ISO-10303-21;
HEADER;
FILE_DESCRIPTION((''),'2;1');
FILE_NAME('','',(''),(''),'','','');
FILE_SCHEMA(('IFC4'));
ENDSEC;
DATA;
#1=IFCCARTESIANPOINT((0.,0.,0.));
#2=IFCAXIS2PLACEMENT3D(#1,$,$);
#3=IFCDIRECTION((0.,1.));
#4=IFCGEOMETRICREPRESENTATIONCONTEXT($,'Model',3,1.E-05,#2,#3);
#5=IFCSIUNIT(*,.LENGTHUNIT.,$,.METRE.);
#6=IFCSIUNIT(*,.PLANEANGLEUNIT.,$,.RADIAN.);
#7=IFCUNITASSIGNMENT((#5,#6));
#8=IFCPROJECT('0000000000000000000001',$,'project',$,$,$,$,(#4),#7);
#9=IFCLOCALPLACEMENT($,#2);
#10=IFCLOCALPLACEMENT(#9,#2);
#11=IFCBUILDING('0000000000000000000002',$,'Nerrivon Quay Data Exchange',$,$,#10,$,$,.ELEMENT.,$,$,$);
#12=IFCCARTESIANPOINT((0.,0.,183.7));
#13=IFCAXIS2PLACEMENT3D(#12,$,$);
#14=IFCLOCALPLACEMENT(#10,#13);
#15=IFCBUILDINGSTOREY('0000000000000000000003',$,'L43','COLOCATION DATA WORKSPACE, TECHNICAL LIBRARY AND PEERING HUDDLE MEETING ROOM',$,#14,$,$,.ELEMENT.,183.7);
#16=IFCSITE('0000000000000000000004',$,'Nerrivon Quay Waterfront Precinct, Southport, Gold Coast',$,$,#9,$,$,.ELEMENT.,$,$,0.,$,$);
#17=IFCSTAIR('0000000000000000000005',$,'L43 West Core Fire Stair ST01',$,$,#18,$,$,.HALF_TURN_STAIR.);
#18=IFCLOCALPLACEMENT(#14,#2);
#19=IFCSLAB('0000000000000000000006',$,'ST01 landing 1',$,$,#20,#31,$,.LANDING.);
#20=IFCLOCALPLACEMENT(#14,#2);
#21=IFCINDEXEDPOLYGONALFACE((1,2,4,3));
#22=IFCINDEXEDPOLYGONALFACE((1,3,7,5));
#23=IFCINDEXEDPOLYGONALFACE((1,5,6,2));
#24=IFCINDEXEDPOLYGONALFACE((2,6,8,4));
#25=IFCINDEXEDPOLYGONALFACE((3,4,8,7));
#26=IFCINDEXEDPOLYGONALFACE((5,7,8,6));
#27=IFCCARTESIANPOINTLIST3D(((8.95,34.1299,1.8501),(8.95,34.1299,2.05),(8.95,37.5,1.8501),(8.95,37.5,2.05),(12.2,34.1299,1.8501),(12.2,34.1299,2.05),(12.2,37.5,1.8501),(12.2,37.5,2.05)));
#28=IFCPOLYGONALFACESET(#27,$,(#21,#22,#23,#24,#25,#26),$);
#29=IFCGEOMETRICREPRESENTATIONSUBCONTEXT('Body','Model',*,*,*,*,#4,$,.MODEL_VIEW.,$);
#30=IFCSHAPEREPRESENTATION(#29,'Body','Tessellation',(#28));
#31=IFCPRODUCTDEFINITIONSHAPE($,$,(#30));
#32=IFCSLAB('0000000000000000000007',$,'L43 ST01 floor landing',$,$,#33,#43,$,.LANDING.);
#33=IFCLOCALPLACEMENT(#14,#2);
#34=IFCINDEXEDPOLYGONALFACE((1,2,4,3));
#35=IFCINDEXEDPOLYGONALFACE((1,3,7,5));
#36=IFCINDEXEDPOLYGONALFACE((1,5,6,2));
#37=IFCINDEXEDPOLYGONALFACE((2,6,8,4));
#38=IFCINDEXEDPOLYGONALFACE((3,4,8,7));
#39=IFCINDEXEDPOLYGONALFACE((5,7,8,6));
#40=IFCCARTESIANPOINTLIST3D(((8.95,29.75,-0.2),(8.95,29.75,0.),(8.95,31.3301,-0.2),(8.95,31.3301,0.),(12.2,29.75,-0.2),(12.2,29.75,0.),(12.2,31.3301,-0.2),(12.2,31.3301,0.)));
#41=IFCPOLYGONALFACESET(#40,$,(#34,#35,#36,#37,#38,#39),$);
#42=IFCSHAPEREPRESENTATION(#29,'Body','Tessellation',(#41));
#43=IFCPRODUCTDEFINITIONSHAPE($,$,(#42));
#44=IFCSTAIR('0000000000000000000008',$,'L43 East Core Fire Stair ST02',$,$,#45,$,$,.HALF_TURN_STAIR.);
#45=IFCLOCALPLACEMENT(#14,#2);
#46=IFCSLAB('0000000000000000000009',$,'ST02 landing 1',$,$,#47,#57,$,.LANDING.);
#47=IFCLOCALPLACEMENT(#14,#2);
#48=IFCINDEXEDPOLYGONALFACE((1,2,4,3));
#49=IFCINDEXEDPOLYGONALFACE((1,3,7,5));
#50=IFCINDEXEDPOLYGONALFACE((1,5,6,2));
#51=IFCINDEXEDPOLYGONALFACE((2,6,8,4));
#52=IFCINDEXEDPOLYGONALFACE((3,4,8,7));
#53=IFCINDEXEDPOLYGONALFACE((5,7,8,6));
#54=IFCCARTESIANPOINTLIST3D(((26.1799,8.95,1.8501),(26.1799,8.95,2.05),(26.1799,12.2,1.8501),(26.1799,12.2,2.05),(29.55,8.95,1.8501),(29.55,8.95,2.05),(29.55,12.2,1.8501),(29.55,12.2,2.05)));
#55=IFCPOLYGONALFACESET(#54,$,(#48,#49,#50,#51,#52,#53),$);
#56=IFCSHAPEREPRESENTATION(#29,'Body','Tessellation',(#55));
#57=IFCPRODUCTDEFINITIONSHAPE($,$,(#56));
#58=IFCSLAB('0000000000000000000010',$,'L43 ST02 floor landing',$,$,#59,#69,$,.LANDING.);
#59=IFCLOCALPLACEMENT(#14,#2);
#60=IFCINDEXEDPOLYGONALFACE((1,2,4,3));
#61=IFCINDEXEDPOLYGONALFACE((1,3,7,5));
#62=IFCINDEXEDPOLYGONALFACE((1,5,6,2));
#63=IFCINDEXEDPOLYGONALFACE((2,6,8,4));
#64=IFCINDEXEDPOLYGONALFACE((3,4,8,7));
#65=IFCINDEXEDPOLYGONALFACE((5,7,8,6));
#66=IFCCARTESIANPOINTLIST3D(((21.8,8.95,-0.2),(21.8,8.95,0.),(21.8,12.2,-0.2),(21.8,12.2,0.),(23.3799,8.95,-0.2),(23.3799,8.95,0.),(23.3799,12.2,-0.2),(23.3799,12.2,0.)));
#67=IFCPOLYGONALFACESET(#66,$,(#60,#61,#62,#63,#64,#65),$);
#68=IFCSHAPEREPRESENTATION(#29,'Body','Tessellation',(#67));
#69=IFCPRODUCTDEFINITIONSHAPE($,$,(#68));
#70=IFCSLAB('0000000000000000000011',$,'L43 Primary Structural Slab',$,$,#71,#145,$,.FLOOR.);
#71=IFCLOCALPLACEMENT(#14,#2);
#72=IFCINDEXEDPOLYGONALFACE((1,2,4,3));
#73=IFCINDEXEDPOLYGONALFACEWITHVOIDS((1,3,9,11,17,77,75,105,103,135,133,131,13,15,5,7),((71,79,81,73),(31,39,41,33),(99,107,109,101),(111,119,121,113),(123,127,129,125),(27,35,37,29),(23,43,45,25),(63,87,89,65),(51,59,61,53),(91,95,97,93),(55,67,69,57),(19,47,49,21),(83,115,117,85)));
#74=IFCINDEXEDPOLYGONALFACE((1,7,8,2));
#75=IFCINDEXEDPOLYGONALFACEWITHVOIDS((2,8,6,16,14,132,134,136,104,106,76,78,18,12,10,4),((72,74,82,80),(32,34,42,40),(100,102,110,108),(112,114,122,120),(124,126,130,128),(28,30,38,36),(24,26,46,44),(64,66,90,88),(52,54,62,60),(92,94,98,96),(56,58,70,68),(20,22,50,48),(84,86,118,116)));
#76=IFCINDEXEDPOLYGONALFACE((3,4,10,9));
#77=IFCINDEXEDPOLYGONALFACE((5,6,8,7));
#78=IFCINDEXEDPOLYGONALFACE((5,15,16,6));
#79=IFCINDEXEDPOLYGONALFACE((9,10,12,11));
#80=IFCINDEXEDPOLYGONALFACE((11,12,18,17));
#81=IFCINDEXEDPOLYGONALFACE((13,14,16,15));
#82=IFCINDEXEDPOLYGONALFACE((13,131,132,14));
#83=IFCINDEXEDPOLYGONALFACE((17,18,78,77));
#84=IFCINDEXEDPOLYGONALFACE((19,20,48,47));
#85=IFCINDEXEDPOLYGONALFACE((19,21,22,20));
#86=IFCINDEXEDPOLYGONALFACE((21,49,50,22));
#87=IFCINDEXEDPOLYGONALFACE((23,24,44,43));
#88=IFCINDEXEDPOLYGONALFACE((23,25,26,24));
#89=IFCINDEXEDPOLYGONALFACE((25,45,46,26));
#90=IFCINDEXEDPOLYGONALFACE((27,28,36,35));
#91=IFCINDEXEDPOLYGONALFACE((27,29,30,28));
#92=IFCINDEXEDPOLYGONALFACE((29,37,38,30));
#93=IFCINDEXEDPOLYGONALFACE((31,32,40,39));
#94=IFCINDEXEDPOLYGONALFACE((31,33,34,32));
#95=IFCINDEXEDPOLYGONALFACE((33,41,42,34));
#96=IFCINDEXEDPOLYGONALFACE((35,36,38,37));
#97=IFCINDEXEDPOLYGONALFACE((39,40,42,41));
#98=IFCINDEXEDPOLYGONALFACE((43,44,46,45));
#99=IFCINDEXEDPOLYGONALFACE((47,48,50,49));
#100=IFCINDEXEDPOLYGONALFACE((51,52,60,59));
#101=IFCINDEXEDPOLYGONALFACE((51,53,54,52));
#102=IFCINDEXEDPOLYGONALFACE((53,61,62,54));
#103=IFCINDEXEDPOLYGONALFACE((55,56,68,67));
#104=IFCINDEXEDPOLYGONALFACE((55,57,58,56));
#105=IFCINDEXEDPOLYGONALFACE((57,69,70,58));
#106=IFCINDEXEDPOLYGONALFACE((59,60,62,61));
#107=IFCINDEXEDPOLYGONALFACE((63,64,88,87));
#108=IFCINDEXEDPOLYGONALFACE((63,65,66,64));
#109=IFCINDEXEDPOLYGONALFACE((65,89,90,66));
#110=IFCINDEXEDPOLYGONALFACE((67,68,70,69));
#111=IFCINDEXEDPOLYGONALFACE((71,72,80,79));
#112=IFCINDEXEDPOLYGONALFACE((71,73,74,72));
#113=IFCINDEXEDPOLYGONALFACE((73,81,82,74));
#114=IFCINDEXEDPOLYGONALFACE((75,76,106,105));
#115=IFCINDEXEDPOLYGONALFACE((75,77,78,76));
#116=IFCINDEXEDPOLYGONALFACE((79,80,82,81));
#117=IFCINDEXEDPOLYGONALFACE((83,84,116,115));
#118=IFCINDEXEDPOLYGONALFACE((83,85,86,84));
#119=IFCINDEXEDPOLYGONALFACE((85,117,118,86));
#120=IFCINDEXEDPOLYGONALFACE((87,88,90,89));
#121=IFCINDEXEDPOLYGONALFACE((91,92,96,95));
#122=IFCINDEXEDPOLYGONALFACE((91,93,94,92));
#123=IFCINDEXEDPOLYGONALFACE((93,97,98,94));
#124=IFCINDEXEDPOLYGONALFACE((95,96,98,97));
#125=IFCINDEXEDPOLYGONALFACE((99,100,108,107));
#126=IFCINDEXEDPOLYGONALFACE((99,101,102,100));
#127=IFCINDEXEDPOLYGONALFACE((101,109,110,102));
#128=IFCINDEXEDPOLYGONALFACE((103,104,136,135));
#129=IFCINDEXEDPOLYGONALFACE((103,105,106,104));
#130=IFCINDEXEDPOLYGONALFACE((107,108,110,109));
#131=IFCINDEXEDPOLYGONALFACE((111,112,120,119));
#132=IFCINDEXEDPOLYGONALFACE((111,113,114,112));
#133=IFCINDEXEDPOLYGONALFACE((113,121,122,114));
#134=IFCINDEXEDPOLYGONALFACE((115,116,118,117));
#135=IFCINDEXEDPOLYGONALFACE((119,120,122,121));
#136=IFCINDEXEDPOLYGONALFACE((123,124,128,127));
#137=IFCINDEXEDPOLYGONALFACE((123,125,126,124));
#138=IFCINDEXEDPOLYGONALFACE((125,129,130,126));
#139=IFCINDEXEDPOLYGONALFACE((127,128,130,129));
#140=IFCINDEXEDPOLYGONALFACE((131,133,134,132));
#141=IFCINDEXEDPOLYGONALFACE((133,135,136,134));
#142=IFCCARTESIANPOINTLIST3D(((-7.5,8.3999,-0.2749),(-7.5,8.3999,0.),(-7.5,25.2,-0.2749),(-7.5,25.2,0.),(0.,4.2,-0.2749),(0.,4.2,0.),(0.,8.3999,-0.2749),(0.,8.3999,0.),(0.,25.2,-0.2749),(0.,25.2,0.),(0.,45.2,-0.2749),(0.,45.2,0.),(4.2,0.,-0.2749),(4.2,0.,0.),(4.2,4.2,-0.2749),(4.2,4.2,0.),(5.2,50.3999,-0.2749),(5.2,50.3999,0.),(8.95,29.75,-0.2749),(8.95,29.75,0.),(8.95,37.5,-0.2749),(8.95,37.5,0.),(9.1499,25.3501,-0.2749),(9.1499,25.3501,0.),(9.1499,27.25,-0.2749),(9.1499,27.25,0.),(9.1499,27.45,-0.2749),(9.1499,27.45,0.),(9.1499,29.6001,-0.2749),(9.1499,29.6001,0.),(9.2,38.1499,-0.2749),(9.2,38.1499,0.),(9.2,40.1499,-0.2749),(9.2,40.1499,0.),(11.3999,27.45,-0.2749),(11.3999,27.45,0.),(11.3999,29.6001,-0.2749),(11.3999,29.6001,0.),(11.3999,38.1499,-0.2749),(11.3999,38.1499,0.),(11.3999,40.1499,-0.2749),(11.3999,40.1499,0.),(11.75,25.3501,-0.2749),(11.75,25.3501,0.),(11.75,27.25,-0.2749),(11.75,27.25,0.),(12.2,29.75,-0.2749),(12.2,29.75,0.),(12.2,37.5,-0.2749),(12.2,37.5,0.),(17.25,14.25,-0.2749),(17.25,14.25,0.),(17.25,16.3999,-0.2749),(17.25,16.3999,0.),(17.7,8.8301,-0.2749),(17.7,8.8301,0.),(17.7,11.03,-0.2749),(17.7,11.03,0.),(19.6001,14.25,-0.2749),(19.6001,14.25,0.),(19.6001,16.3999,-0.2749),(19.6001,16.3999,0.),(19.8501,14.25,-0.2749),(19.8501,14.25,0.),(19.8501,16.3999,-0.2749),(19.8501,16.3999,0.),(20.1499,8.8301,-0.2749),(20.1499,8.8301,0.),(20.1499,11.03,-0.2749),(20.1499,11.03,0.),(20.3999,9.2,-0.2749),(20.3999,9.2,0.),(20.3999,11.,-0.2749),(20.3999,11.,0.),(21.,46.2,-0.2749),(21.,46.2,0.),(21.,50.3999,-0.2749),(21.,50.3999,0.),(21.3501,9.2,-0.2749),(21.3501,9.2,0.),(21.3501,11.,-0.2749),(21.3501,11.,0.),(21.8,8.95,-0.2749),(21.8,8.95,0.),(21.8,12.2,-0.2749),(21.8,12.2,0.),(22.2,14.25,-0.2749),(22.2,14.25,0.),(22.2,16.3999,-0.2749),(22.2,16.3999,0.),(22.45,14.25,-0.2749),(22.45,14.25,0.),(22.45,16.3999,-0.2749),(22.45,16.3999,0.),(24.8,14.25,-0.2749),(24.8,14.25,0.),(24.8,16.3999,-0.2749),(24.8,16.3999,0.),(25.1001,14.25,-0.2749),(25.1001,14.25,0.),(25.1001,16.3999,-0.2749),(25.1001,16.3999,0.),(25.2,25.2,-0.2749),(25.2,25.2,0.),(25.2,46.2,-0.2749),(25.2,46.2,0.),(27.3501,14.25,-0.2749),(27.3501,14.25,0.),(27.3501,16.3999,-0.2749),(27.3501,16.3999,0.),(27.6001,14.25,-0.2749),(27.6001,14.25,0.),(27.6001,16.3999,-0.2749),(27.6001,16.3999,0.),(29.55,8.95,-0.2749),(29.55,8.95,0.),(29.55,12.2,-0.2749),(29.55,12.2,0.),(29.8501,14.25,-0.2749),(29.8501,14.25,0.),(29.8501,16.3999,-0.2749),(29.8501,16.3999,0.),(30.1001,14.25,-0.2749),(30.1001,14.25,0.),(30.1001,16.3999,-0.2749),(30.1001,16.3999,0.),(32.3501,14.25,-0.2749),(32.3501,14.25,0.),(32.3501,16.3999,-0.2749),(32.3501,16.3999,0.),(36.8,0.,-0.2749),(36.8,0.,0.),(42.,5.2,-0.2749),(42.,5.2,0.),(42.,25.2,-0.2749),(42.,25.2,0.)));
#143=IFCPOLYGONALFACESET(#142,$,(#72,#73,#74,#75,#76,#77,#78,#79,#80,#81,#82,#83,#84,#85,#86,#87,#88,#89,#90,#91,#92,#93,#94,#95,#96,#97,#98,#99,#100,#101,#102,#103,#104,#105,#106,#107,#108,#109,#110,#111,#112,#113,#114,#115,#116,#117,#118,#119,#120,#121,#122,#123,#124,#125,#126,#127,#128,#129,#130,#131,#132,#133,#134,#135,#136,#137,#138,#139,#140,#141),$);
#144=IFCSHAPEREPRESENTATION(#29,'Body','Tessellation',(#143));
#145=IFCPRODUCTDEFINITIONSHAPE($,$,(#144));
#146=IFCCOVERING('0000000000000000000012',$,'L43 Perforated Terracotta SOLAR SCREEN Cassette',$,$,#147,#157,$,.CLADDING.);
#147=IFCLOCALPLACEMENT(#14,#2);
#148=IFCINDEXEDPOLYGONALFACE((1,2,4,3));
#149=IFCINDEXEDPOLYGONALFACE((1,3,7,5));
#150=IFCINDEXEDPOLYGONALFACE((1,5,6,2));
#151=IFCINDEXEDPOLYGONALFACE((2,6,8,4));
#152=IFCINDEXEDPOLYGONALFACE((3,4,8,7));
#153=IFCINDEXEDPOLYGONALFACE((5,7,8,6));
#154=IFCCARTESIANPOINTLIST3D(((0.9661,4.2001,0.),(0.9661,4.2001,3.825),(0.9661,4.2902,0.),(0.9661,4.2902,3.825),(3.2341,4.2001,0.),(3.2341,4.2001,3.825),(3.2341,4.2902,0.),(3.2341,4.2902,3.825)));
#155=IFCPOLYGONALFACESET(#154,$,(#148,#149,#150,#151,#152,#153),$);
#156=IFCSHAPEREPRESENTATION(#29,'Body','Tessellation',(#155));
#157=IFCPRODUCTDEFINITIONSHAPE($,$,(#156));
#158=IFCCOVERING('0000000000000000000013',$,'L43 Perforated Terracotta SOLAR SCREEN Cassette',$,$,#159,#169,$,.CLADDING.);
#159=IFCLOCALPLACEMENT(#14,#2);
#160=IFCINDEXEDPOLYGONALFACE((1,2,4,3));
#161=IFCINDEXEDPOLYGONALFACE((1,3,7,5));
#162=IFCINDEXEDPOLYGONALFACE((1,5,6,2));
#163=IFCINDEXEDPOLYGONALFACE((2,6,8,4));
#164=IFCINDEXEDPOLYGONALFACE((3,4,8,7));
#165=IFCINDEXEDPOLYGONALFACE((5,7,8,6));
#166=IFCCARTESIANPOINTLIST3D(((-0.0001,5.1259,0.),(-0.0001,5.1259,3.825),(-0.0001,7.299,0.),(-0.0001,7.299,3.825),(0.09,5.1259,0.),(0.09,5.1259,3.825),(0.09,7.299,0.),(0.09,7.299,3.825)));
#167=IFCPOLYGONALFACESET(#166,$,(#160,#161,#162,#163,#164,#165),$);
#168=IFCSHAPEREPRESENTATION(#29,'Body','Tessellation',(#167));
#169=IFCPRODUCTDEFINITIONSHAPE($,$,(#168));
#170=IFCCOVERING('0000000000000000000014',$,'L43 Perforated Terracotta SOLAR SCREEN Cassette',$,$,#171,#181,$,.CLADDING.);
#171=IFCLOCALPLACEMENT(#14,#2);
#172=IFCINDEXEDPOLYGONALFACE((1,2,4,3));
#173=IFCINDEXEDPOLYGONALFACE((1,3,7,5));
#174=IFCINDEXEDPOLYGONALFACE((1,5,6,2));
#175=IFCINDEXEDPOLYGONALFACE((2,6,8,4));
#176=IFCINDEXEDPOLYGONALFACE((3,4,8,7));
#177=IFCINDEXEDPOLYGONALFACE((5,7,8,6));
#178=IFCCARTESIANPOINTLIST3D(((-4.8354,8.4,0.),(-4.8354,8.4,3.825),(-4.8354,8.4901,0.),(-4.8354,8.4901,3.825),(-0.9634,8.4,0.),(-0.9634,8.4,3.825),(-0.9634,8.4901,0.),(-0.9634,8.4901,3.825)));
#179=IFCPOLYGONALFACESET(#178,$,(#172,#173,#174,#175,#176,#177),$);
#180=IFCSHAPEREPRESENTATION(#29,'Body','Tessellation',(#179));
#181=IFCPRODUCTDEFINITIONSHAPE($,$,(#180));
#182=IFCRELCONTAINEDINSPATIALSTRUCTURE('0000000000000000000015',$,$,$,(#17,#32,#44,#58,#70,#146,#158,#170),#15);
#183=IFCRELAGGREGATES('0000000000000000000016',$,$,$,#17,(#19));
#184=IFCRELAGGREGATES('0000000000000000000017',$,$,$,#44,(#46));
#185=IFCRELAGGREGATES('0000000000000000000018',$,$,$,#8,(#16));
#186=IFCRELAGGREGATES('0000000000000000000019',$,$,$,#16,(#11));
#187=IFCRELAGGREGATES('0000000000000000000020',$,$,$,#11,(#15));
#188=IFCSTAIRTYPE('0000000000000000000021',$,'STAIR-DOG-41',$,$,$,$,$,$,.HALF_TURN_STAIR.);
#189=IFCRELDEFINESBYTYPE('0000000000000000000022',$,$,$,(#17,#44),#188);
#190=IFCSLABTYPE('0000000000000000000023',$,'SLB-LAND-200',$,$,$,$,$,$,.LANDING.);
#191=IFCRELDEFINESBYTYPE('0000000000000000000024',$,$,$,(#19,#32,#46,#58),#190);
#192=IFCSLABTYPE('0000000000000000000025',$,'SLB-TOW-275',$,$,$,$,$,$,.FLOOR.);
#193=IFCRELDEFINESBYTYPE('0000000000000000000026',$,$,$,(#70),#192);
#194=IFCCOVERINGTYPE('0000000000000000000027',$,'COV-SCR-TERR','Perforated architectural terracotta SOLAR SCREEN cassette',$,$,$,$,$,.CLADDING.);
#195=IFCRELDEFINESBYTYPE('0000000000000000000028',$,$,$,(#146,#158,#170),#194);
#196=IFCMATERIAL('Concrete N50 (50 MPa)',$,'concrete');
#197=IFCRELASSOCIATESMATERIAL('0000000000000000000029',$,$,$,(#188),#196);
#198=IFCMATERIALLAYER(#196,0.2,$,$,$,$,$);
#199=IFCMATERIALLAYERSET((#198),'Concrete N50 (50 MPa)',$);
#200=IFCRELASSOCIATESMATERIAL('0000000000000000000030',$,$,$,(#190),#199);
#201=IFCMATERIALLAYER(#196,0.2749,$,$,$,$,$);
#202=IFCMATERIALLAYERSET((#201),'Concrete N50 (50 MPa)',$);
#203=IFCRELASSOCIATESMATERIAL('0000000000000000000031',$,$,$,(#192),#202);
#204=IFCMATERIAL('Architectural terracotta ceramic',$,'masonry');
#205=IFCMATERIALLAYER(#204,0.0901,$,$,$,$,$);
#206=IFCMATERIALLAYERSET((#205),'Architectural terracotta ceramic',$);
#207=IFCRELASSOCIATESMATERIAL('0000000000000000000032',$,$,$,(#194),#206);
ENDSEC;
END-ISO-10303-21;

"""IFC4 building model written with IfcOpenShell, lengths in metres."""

from ifc_helpers import new_model, si_unit, direction, frame, origin, origin_2d, place, context, subcontext, project, spatial, polyline, rectangle, outline, extrude, material, layer, layer_set, type_object, element, aggregate, save


model = new_model("IFC4")

# Units and contexts
model_context = context("Model", 3, precision=1e-05, world=origin(), true_north=direction((0.0, 1.0)))
body_context = subcontext(model_context, "Body", "Model", "MODEL_VIEW")
ifc_project = project(units=[si_unit("LENGTHUNIT", "METRE"), si_unit("PLANEANGLEUNIT", "RADIAN")], contexts=[model_context])

# Site, building, storey
site_placement = place(None, origin())
site = spatial("IfcSite", under=ifc_project, at=site_placement, Name="Nerrivon Quay Waterfront Precinct, Southport, Gold Coast", CompositionType="ELEMENT", RefElevation=0.0)
building_placement = place(site_placement, origin())
building = spatial("IfcBuilding", under=site, at=building_placement, Name="Nerrivon Quay Data Exchange", CompositionType="ELEMENT")
storey_placement = place(building_placement, frame((0.0, 0.0, 183.7)))
storey = spatial("IfcBuildingStorey", under=building, at=storey_placement, Name="L43", Description="COLOCATION DATA WORKSPACE, TECHNICAL LIBRARY AND PEERING HUDDLE MEETING ROOM", CompositionType="ELEMENT", Elevation=183.7)

# Stair, slab
ifc_material_1 = material(Name="Concrete N50 (50 MPa)", Category="concrete")
stair_type = type_object("IfcStairType", Name="STAIR-DOG-41", PredefinedType="HALF_TURN_STAIR", material=ifc_material_1)
stair_1_placement = place(storey_placement, origin())
stair_1 = element("IfcStair", 1, at=stair_1_placement, inside=storey, type_object=stair_type, Name="L43 West Core Fire Stair ST01", PredefinedType="HALF_TURN_STAIR")
ifc_layer_1 = layer(ifc_material_1, 0.2)
ifc_layer_set_1 = layer_set([ifc_layer_1], Name="Concrete N50 (50 MPa)")
slab_type_1 = type_object("IfcSlabType", Name="SLB-LAND-200", PredefinedType="LANDING", material=ifc_layer_set_1)
slab_1_placement = place(storey_placement, frame((0.0, 0.0, 1.8501)))
slab_1 = element("IfcSlab", 2, at=slab_1_placement, type_object=slab_type_1, Name="ST01 landing 1", PredefinedType="LANDING", context=body_context, shape_type="SweptSolid", body=[
    extrude(outline(polyline([(12.2, 34.1299), (12.2, 37.5), (8.95, 37.5), (8.95, 34.1299), (12.2, 34.1299)])), origin(), (0.0, 0.0, 1.0), 0.2),
])
aggregate(stair_1, [slab_1])

# Slab
slab_2_placement = place(storey_placement, frame((0.0, 0.0, -0.2)))
element("IfcSlab", 3, at=slab_2_placement, inside=storey, type_object=slab_type_1, Name="L43 ST01 floor landing", PredefinedType="LANDING", context=body_context, shape_type="SweptSolid", body=[
    extrude(outline(polyline([(12.2, 29.75), (12.2, 31.3301), (8.95, 31.3301), (8.95, 29.75), (12.2, 29.75)])), origin(), (0.0, 0.0, 1.0), 0.2),
])

# Stair, slab
stair_2_placement = place(storey_placement, origin())
stair_2 = element("IfcStair", 4, at=stair_2_placement, inside=storey, type_object=stair_type, Name="L43 East Core Fire Stair ST02", PredefinedType="HALF_TURN_STAIR")
slab_3_placement = place(storey_placement, frame((0.0, 0.0, 1.8501)))
slab_3 = element("IfcSlab", 5, at=slab_3_placement, type_object=slab_type_1, Name="ST02 landing 1", PredefinedType="LANDING", context=body_context, shape_type="SweptSolid", body=[
    extrude(outline(polyline([(26.1799, 8.95), (29.55, 8.95), (29.55, 12.2), (26.1799, 12.2), (26.1799, 8.95)])), origin(), (0.0, 0.0, 1.0), 0.2),
])
aggregate(stair_2, [slab_3])

# Slabs
slab_4_placement = place(storey_placement, frame((0.0, 0.0, -0.2)))
element("IfcSlab", 6, at=slab_4_placement, inside=storey, type_object=slab_type_1, Name="L43 ST02 floor landing", PredefinedType="LANDING", context=body_context, shape_type="SweptSolid", body=[
    extrude(outline(polyline([(21.8, 8.95), (23.3799, 8.95), (23.3799, 12.2), (21.8, 12.2), (21.8, 8.95)])), origin(), (0.0, 0.0, 1.0), 0.2),
])
ifc_layer_2 = layer(ifc_material_1, 0.2749)
ifc_layer_set_2 = layer_set([ifc_layer_2], Name="Concrete N50 (50 MPa)")
slab_type_2 = type_object("IfcSlabType", Name="SLB-TOW-275", PredefinedType="FLOOR", material=ifc_layer_set_2)
slab_5_placement = place(storey_placement, frame((0.0, 0.0, -0.2749)))
element("IfcSlab", 7, at=slab_5_placement, inside=storey, type_object=slab_type_2, Name="L43 Primary Structural Slab", PredefinedType="FLOOR", context=body_context, shape_type="SweptSolid", body=[
    extrude(outline(polyline([(0.0, 8.3999), (0.0, 4.2), (4.2, 4.2), (4.2, 0.0), (36.8, 0.0), (42.0, 5.2), (42.0, 25.2), (25.2, 25.2), (25.2, 46.2), (21.0, 46.2), (21.0, 50.3999), (5.2, 50.3999), (0.0, 45.2), (0.0, 25.2), (-7.5, 25.2), (-7.5, 8.3999), (0.0, 8.3999)]), holes=[polyline([(8.95, 29.75), (8.95, 37.5), (12.2, 37.5), (12.2, 29.75), (8.95, 29.75)]), polyline([(21.8, 12.2), (29.55, 12.2), (29.55, 8.95), (21.8, 8.95), (21.8, 12.2)]), polyline([(30.1001, 16.3999), (32.3501, 16.3999), (32.3501, 14.25), (30.1001, 14.25), (30.1001, 16.3999)]), polyline([(27.6001, 16.3999), (29.8501, 16.3999), (29.8501, 14.25), (27.6001, 14.25), (27.6001, 16.3999)]), polyline([(25.1001, 14.25), (25.1001, 16.3999), (27.3501, 16.3999), (27.3501, 14.25), (25.1001, 14.25)]), polyline([(22.45, 16.3999), (24.8, 16.3999), (24.8, 14.25), (22.45, 14.25), (22.45, 16.3999)]), polyline([(19.8501, 16.3999), (22.2, 16.3999), (22.2, 14.25), (19.8501, 14.25), (19.8501, 16.3999)]), polyline([(20.3999, 9.2), (20.3999, 11.0), (21.3501, 11.0), (21.3501, 9.2), (20.3999, 9.2)]), polyline([(17.7, 8.8301), (17.7, 11.03), (20.1499, 11.03), (20.1499, 8.8301), (17.7, 8.8301)]), polyline([(17.25, 14.25), (17.25, 16.3999), (19.6001, 16.3999), (19.6001, 14.25), (17.25, 14.25)]), polyline([(9.1499, 27.25), (11.75, 27.25), (11.75, 25.3501), (9.1499, 25.3501), (9.1499, 27.25)]), polyline([(9.1499, 29.6001), (11.3999, 29.6001), (11.3999, 27.45), (9.1499, 27.45), (9.1499, 29.6001)]), polyline([(9.2, 38.1499), (9.2, 40.1499), (11.3999, 40.1499), (11.3999, 38.1499), (9.2, 38.1499)])]), origin(), (0.0, 0.0, 1.0), 0.2749),
])

# Coverings
ifc_material_2 = material(Name="Architectural terracotta ceramic", Category="masonry")
ifc_layer_3 = layer(ifc_material_2, 0.0901)
ifc_layer_set_3 = layer_set([ifc_layer_3], Name="Architectural terracotta ceramic")
covering_type = type_object("IfcCoveringType", Name="COV-SCR-TERR", Description="Perforated architectural terracotta SOLAR SCREEN cassette", PredefinedType="CLADDING", material=ifc_layer_set_3)
covering_1_placement = place(storey_placement, frame((2.1001, 4.2451, 0.0), z_axis=(0.0, 0.0, 1.0), x_axis=(-1.0, 0.0, 0.0)))
element("IfcCovering", 8, at=covering_1_placement, inside=storey, type_object=covering_type, Name="L43 Perforated Terracotta SOLAR SCREEN Cassette", PredefinedType="CLADDING", context=body_context, shape_type="SweptSolid", body=[
    extrude(rectangle(XDim=2.2681, YDim=0.0901, at=origin_2d()), origin(), (0.0, 0.0, 1.0), 3.825),
])
covering_2_placement = place(storey_placement, frame((0.0449, 6.2124, 0.0), z_axis=(0.0, 0.0, 1.0), x_axis=(0.0, 1.0, 0.0)))
element("IfcCovering", 9, at=covering_2_placement, inside=storey, type_object=covering_type, Name="L43 Perforated Terracotta SOLAR SCREEN Cassette", PredefinedType="CLADDING", context=body_context, shape_type="SweptSolid", body=[
    extrude(rectangle(XDim=2.1731, YDim=0.0901, at=origin_2d()), origin(), (0.0, 0.0, 1.0), 3.825),
])
covering_3_placement = place(storey_placement, frame((-2.8994, 8.4451, 0.0), z_axis=(0.0, 0.0, 1.0), x_axis=(-1.0, 0.0, 0.0)))
element("IfcCovering", 10, at=covering_3_placement, inside=storey, type_object=covering_type, Name="L43 Perforated Terracotta SOLAR SCREEN Cassette", PredefinedType="CLADDING", context=body_context, shape_type="SweptSolid", body=[
    extrude(rectangle(XDim=3.8721, YDim=0.0901, at=origin_2d()), origin(), (0.0, 0.0, 1.0), 3.825),
])

save(model, "model.ifc")
